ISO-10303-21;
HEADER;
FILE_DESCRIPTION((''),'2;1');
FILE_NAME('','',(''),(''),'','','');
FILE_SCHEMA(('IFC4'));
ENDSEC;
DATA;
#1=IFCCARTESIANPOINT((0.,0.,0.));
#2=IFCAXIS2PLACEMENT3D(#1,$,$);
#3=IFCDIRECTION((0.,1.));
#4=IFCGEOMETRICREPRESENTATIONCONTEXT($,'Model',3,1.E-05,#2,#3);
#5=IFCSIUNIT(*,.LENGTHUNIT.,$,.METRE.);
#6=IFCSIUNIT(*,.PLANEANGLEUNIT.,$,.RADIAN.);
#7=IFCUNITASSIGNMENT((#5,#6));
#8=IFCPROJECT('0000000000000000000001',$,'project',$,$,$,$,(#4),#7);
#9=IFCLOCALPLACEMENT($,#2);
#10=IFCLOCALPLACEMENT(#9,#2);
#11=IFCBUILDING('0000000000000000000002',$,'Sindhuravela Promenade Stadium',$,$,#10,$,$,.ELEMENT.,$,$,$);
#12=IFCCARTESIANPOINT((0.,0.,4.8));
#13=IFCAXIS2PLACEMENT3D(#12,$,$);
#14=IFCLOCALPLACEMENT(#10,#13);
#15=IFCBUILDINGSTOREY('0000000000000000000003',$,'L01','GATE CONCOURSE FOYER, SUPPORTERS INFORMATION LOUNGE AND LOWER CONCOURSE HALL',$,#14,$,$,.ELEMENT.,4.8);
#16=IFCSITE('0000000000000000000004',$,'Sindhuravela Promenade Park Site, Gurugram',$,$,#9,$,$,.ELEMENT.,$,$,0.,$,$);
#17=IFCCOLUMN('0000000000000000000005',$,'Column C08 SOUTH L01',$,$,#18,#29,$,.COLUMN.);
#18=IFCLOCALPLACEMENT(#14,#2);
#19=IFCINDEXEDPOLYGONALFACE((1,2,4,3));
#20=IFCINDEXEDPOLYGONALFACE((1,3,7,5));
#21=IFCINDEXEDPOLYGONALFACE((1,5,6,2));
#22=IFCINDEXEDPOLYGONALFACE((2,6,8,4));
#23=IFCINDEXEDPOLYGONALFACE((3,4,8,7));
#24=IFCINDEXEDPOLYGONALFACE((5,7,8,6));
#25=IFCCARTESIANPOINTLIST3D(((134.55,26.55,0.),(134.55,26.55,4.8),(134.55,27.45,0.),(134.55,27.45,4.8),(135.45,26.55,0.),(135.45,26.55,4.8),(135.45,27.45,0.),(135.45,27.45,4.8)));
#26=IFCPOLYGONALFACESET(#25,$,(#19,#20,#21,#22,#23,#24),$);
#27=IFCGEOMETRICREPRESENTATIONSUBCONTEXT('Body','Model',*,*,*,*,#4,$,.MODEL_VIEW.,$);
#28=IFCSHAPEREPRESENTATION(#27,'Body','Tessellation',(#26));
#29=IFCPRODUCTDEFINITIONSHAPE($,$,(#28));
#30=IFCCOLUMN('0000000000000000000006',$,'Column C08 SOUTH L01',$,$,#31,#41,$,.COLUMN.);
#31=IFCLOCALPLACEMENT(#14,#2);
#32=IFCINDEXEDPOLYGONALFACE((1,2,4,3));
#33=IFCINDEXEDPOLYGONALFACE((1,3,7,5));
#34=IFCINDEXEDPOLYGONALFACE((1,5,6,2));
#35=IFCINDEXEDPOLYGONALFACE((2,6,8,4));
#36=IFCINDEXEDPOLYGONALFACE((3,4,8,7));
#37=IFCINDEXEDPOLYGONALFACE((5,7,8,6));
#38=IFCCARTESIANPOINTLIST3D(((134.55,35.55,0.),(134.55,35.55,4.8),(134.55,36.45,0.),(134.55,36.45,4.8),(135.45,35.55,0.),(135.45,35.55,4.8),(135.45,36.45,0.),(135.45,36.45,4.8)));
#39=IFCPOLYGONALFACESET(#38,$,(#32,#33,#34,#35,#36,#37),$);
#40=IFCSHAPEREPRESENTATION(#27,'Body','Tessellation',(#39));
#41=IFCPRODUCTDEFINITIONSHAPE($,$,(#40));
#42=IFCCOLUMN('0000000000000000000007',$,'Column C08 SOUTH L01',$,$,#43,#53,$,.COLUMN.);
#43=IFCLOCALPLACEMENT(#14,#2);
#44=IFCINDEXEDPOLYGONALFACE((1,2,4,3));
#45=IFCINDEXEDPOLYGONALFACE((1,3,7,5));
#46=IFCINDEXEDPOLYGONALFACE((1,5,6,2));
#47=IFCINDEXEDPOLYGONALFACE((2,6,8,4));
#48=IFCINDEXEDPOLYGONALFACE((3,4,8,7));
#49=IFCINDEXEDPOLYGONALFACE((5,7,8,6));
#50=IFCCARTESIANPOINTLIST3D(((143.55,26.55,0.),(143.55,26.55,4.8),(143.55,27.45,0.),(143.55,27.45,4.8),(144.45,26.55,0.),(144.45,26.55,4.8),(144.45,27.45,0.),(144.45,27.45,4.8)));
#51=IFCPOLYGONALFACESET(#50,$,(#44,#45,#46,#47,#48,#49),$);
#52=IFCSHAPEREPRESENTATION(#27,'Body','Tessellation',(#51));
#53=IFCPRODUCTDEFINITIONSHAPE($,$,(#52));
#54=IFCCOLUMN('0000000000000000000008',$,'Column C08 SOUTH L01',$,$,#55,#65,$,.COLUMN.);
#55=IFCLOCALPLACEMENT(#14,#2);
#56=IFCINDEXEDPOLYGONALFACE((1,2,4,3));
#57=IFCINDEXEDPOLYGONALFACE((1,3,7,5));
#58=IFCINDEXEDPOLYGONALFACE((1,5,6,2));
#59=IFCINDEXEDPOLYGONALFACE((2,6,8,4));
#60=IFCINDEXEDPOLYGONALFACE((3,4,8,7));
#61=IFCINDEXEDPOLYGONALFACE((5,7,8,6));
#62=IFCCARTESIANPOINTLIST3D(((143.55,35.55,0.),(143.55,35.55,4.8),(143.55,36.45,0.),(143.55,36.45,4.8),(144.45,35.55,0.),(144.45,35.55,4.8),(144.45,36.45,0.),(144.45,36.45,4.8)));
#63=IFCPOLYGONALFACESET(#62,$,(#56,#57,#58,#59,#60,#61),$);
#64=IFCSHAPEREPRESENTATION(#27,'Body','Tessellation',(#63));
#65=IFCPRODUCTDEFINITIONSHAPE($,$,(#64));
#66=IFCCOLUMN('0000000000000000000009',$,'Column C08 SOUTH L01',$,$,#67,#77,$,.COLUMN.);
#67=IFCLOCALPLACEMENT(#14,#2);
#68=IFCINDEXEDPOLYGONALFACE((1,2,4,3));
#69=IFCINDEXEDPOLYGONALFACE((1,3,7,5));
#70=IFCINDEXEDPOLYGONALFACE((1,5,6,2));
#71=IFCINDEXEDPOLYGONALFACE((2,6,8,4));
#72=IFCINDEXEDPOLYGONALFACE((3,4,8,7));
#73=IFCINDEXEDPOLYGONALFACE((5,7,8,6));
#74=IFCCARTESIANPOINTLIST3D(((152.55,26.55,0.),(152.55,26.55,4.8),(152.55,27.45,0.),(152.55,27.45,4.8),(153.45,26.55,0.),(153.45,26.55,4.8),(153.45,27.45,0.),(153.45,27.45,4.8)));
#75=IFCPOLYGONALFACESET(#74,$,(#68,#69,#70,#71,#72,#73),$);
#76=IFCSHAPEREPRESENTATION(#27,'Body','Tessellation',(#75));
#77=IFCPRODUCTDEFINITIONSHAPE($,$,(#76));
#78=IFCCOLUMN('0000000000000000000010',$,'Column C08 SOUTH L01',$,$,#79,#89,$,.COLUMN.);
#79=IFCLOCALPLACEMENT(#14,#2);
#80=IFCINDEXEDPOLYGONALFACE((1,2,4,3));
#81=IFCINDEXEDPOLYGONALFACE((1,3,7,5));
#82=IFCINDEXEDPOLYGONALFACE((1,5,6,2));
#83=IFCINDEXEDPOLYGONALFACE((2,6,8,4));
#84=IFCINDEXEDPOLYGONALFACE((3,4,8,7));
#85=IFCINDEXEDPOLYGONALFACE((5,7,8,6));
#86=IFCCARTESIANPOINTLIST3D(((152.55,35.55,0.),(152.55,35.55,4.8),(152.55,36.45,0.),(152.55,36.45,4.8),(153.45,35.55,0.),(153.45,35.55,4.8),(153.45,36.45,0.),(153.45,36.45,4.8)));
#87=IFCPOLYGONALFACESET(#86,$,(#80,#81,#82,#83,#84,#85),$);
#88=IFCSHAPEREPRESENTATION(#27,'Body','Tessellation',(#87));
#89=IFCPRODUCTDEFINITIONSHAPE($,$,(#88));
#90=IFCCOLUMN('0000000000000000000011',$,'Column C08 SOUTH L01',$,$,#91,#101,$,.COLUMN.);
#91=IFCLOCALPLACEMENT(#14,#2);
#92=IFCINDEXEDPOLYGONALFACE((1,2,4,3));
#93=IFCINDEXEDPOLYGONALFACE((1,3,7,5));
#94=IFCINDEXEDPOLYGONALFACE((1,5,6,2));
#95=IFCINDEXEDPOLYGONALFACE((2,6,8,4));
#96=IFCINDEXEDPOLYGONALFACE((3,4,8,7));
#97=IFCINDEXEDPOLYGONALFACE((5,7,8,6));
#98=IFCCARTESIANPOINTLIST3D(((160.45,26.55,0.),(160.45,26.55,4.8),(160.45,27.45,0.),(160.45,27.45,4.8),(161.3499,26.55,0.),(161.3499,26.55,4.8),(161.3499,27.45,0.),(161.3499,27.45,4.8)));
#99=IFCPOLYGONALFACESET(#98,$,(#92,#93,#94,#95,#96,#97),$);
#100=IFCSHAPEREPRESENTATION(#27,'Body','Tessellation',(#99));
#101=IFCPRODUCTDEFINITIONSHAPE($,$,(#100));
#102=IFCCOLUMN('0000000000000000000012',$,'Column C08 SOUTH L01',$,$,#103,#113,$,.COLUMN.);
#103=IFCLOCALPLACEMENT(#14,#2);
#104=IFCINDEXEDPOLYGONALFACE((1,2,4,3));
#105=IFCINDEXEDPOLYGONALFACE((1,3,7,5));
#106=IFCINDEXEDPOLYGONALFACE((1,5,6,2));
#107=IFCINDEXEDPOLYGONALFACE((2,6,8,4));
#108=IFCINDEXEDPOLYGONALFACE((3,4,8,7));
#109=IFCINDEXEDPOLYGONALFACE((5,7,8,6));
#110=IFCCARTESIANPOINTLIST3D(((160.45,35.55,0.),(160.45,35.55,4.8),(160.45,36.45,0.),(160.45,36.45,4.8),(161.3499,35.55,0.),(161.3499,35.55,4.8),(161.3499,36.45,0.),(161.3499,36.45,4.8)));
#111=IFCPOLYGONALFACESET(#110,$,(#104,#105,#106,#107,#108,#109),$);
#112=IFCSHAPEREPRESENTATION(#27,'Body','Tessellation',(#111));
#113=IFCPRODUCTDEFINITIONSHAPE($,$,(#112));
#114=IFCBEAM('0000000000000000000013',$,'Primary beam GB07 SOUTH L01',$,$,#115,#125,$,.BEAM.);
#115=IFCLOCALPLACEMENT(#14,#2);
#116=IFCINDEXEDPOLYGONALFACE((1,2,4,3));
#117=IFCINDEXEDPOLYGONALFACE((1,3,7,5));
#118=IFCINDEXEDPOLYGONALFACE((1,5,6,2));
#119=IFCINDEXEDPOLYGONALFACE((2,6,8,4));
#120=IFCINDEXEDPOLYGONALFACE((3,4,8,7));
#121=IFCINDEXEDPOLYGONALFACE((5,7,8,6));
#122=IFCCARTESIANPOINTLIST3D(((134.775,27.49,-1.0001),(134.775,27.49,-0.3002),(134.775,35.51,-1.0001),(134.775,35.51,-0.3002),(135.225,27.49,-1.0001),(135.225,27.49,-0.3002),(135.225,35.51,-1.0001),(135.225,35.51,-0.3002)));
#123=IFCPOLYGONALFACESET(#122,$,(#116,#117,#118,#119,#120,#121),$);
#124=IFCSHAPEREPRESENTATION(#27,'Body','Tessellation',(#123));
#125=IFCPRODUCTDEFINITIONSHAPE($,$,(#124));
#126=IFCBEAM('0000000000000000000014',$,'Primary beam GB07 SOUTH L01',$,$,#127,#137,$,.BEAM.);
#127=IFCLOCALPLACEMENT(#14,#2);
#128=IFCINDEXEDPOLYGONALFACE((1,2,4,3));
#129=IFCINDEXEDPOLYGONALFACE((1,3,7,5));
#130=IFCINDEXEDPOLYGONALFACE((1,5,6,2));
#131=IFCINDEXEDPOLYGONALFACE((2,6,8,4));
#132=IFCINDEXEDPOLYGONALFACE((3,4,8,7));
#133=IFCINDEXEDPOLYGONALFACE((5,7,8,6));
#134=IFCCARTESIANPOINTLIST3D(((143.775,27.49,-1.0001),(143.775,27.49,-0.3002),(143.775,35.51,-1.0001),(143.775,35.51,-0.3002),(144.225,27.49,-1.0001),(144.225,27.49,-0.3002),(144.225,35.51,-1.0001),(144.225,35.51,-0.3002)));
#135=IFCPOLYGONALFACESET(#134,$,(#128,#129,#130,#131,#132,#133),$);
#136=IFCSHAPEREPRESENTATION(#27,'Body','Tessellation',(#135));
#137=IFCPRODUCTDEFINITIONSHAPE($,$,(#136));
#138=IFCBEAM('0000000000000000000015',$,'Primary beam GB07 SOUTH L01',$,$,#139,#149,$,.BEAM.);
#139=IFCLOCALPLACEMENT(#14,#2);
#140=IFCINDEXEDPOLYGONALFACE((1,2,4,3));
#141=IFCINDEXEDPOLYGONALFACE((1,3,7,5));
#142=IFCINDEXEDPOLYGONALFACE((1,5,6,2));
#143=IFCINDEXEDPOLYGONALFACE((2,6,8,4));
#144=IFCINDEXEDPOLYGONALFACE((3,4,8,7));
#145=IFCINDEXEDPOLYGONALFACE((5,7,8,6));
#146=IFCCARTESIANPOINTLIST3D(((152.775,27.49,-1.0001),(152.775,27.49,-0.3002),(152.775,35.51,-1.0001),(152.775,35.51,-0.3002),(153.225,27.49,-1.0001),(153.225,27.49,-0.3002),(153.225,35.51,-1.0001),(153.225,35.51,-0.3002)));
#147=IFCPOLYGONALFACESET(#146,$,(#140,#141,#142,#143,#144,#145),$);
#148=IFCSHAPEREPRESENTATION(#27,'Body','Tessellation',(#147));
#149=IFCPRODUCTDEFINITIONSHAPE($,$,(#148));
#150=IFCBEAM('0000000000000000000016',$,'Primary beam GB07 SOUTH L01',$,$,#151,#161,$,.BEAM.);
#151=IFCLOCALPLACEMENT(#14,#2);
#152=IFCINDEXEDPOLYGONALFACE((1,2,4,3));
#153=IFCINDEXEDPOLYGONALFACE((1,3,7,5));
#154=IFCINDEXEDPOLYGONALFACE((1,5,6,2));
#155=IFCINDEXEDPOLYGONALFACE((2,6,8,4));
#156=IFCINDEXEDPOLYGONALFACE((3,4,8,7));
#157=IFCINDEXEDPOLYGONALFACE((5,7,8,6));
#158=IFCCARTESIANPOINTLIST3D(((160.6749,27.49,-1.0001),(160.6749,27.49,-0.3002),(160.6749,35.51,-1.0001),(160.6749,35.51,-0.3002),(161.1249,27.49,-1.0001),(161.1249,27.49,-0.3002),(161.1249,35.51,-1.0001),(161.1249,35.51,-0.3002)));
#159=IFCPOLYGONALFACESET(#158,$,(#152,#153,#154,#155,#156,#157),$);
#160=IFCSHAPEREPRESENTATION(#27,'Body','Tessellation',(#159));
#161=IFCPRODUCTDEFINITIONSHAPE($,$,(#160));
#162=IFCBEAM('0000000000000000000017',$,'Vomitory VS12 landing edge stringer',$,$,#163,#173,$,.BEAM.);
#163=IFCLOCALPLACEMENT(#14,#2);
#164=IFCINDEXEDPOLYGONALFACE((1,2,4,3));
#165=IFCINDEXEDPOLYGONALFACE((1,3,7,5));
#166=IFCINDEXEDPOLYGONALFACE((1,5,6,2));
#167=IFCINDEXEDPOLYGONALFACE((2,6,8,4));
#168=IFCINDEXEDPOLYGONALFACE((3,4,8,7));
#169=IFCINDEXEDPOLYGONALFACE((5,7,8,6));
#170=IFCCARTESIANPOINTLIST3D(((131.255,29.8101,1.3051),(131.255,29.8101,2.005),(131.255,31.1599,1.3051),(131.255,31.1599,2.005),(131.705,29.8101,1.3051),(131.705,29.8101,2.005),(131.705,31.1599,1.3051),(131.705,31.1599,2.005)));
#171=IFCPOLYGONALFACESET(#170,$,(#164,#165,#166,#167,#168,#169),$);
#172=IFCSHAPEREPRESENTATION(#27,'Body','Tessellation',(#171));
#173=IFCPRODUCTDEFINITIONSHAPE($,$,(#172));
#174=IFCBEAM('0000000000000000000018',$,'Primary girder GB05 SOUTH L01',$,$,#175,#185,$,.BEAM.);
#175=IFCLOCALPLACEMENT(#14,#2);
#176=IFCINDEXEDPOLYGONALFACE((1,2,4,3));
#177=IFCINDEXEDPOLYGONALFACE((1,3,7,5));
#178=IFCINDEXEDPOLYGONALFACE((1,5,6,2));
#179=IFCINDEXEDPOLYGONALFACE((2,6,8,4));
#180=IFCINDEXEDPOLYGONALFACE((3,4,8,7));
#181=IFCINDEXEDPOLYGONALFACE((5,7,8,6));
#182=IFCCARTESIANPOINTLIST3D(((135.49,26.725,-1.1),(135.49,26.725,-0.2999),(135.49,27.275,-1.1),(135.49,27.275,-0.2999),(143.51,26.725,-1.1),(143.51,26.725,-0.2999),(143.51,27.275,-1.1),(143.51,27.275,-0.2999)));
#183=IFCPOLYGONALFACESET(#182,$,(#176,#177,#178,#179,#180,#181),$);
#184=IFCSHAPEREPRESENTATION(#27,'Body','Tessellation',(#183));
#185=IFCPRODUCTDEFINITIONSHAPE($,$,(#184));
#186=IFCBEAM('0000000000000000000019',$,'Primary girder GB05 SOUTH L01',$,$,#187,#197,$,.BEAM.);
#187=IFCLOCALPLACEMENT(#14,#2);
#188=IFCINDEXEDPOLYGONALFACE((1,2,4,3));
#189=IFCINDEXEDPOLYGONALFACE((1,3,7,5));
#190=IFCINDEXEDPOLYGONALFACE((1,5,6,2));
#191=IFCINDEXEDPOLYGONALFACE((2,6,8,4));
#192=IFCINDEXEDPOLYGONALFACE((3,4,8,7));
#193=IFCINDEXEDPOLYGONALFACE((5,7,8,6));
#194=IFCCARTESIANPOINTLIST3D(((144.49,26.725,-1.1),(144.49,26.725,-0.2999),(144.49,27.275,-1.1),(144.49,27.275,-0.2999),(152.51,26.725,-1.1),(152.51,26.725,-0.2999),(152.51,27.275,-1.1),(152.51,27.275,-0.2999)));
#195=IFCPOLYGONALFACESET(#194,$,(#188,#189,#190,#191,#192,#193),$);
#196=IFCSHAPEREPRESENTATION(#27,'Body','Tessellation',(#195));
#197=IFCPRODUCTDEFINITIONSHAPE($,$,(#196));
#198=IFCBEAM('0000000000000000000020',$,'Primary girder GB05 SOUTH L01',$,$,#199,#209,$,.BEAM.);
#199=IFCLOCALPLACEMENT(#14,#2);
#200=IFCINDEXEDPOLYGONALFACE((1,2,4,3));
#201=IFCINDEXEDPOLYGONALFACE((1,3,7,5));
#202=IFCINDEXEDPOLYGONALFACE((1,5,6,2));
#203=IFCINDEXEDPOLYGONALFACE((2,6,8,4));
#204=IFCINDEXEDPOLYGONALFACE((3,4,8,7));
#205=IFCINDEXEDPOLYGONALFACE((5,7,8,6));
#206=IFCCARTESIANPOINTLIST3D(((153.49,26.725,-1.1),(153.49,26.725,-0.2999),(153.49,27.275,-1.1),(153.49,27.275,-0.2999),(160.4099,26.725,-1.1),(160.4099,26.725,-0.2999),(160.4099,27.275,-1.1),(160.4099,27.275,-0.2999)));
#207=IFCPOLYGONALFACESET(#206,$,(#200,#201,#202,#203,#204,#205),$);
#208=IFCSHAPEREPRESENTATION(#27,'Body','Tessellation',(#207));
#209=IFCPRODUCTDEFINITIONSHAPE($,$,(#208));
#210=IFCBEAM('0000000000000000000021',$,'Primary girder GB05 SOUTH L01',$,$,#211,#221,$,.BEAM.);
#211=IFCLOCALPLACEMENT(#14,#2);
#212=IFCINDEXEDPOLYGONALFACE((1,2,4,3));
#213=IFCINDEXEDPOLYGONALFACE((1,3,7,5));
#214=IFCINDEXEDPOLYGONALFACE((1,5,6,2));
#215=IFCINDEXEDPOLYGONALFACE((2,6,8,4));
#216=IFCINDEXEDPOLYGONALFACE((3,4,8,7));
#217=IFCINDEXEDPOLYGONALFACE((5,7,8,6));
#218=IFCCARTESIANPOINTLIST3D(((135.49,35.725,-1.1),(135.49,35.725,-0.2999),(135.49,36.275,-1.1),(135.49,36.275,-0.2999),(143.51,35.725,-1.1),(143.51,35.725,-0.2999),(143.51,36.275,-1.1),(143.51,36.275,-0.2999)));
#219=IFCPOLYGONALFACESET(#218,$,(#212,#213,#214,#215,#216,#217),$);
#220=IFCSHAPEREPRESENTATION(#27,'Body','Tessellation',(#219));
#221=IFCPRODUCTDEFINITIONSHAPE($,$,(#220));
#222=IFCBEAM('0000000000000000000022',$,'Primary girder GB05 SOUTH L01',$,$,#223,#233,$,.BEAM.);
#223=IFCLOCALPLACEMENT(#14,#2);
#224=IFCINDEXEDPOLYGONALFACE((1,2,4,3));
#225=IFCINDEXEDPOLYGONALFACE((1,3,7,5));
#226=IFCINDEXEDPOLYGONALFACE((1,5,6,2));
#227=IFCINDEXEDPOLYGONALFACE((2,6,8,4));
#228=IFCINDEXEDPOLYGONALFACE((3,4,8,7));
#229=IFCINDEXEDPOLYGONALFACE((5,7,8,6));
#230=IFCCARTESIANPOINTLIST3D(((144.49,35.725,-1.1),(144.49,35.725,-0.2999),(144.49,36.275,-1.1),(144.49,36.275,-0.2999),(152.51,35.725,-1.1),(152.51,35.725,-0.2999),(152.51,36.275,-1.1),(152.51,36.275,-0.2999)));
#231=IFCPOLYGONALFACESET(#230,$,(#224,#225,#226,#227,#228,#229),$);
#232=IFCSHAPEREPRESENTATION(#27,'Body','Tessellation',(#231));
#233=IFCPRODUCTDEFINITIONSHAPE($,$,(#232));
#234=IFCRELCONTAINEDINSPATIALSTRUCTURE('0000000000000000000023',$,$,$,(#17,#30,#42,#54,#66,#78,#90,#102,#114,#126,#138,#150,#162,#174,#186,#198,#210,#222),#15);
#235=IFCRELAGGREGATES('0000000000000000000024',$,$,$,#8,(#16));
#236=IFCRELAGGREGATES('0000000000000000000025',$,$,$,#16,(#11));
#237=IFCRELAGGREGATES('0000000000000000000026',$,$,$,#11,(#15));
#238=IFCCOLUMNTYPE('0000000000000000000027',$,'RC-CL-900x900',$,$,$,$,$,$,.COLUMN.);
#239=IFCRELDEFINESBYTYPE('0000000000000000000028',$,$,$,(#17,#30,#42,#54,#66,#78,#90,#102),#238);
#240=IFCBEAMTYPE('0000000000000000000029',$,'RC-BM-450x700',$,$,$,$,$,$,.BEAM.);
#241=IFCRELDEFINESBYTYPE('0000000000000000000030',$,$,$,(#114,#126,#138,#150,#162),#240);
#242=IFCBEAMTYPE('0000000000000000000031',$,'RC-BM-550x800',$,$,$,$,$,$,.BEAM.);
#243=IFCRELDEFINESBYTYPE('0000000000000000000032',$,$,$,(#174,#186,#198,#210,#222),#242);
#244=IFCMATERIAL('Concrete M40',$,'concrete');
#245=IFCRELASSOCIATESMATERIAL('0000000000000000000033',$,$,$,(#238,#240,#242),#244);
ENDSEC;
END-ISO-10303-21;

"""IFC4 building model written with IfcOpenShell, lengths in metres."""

from ifc_helpers import new_model, si_unit, direction, frame, origin, origin_2d, place, context, subcontext, project, spatial, rectangle, extrude, material, material_profile, profile_set, type_object, element, save


model = new_model("IFC4")

# Units and contexts
model_context = context("Model", 3, precision=1e-05, world=origin(), true_north=direction((0.0, 1.0)))
body_context = subcontext(model_context, "Body", "Model", "MODEL_VIEW")
ifc_project = project(units=[si_unit("LENGTHUNIT", "METRE"), si_unit("PLANEANGLEUNIT", "RADIAN")], contexts=[model_context])

# Site, building, storey
site_placement = place(None, origin())
site = spatial("IfcSite", under=ifc_project, at=site_placement, Name="Sindhuravela Promenade Park Site, Gurugram", CompositionType="ELEMENT", RefElevation=0.0)
building_placement = place(site_placement, origin())
building = spatial("IfcBuilding", under=site, at=building_placement, Name="Sindhuravela Promenade Stadium", CompositionType="ELEMENT")
storey_placement = place(building_placement, frame((0.0, 0.0, 4.8)))
storey = spatial("IfcBuildingStorey", under=building, at=storey_placement, Name="L01", Description="GATE CONCOURSE FOYER, SUPPORTERS INFORMATION LOUNGE AND LOWER CONCOURSE HALL", CompositionType="ELEMENT", Elevation=4.8)

# Columns
ifc_material_1 = material(Name="Concrete M40", Category="concrete")
ifc_material_profile_1 = material_profile(ifc_material_1, rectangle(XDim=0.8999, YDim=0.8999, at=origin_2d()), Name="RC 900x900")
ifc_profile_set_1 = profile_set([ifc_material_profile_1], Name="Concrete M40")
column_type = type_object("IfcColumnType", Name="RC-CL-900x900", PredefinedType="COLUMN", material=ifc_profile_set_1)
for number, where, z_axis, x_axis, name in (
    (1, (135.0, 27.0, 0.0), (0.0, 0.0, 1.0), (1.0, 0.0, 0.0), "Column C08 SOUTH L01"),
    (2, (135.0, 36.0, 0.0), (0.0, 0.0, 1.0), (1.0, 0.0, 0.0), "Column C08 SOUTH L01"),
    (3, (144.0, 27.0, 0.0), (0.0, 0.0, 1.0), (1.0, 0.0, 0.0), "Column C08 SOUTH L01"),
    (4, (144.0, 36.0, 0.0), (0.0, 0.0, 1.0), (1.0, 0.0, 0.0), "Column C08 SOUTH L01"),
    (5, (153.0, 27.0, 0.0), (0.0, 0.0, 1.0), (1.0, 0.0, 0.0), "Column C08 SOUTH L01"),
    (6, (153.0, 36.0, 0.0), (0.0, 0.0, 1.0), (1.0, 0.0, 0.0), "Column C08 SOUTH L01"),
    (7, (160.8999, 27.0, 0.0), (0.0, 0.0, 1.0), (1.0, 0.0, 0.0), "Column C08 SOUTH L01"),
    (8, (160.8999, 36.0, 0.0), (0.0, 0.0, 1.0), (1.0, 0.0, 0.0), "Column C08 SOUTH L01"),
):
    element("IfcColumn", number, at=place(storey_placement, frame(where, z_axis=z_axis, x_axis=x_axis)), inside=storey, type_object=column_type, Name=name, PredefinedType="COLUMN", context=body_context, shape_type="SweptSolid", body=[
        extrude(rectangle(XDim=0.8999, YDim=0.8999, at=origin_2d()), origin(), (0.0, 0.0, 1.0), 4.8),
    ])

# Beams
ifc_material_profile_2 = material_profile(ifc_material_1, rectangle(XDim=0.45, YDim=0.7, at=origin_2d()), Name="RC 450x700")
ifc_profile_set_2 = profile_set([ifc_material_profile_2], Name="Concrete M40")
beam_type_1 = type_object("IfcBeamType", Name="RC-BM-450x700", PredefinedType="BEAM", material=ifc_profile_set_2)
for number, where, z_axis, x_axis, name in (
    (9, (135.0, 27.49, -0.6501), (0.0, 1.0, 0.0), (-1.0, 0.0, 0.0), "Primary beam GB07 SOUTH L01"),
    (10, (144.0, 27.49, -0.6501), (0.0, 1.0, 0.0), (-1.0, 0.0, 0.0), "Primary beam GB07 SOUTH L01"),
    (11, (153.0, 27.49, -0.6501), (0.0, 1.0, 0.0), (-1.0, 0.0, 0.0), "Primary beam GB07 SOUTH L01"),
    (12, (160.8999, 27.49, -0.6501), (0.0, 1.0, 0.0), (-1.0, 0.0, 0.0), "Primary beam GB07 SOUTH L01"),
):
    element("IfcBeam", number, at=place(storey_placement, frame(where, z_axis=z_axis, x_axis=x_axis)), inside=storey, type_object=beam_type_1, Name=name, PredefinedType="BEAM", context=body_context, shape_type="SweptSolid", body=[
        extrude(rectangle(XDim=0.45, YDim=0.7, at=origin_2d()), origin(), (0.0, 0.0, 1.0), 8.02),
    ])
beam_1_placement = place(storey_placement, frame((131.48, 31.1599, 1.655), z_axis=(0.0, -1.0, 0.0), x_axis=(1.0, 0.0, 0.0)))
element("IfcBeam", 13, at=beam_1_placement, inside=storey, type_object=beam_type_1, Name="Vomitory VS12 landing edge stringer", PredefinedType="BEAM", context=body_context, shape_type="SweptSolid", body=[
    extrude(rectangle(XDim=0.45, YDim=0.7, at=origin_2d()), origin(), (0.0, 0.0, 1.0), 1.3499),
])
ifc_material_profile_3 = material_profile(ifc_material_1, rectangle(XDim=0.55, YDim=0.8, at=origin_2d()), Name="RC 550x800")
ifc_profile_set_3 = profile_set([ifc_material_profile_3], Name="Concrete M40")
beam_type_2 = type_object("IfcBeamType", Name="RC-BM-550x800", PredefinedType="BEAM", material=ifc_profile_set_3)
for number, where, z_axis, x_axis, name in (
    (14, (135.49, 27.0, -0.7), (1.0, 0.0, 0.0), (0.0, 1.0, 0.0), "Primary girder GB05 SOUTH L01"),
    (15, (144.49, 27.0, -0.7), (1.0, 0.0, 0.0), (0.0, 1.0, 0.0), "Primary girder GB05 SOUTH L01"),
):
    element("IfcBeam", number, at=place(storey_placement, frame(where, z_axis=z_axis, x_axis=x_axis)), inside=storey, type_object=beam_type_2, Name=name, PredefinedType="BEAM", context=body_context, shape_type="SweptSolid", body=[
        extrude(rectangle(XDim=0.55, YDim=0.8, at=origin_2d()), origin(), (0.0, 0.0, 1.0), 8.02),
    ])
beam_2_placement = place(storey_placement, frame((153.49, 27.0, -0.7), z_axis=(1.0, 0.0, 0.0), x_axis=(0.0, 1.0, 0.0)))
element("IfcBeam", 16, at=beam_2_placement, inside=storey, type_object=beam_type_2, Name="Primary girder GB05 SOUTH L01", PredefinedType="BEAM", context=body_context, shape_type="SweptSolid", body=[
    extrude(rectangle(XDim=0.55, YDim=0.8, at=origin_2d()), origin(), (0.0, 0.0, 1.0), 6.9199),
])
for number, where, z_axis, x_axis, name in (
    (17, (135.49, 36.0, -0.7), (1.0, 0.0, 0.0), (0.0, 1.0, 0.0), "Primary girder GB05 SOUTH L01"),
    (18, (144.49, 36.0, -0.7), (1.0, 0.0, 0.0), (0.0, 1.0, 0.0), "Primary girder GB05 SOUTH L01"),
):
    element("IfcBeam", number, at=place(storey_placement, frame(where, z_axis=z_axis, x_axis=x_axis)), inside=storey, type_object=beam_type_2, Name=name, PredefinedType="BEAM", context=body_context, shape_type="SweptSolid", body=[
        extrude(rectangle(XDim=0.55, YDim=0.8, at=origin_2d()), origin(), (0.0, 0.0, 1.0), 8.02),
    ])

save(model, "model.ifc")
